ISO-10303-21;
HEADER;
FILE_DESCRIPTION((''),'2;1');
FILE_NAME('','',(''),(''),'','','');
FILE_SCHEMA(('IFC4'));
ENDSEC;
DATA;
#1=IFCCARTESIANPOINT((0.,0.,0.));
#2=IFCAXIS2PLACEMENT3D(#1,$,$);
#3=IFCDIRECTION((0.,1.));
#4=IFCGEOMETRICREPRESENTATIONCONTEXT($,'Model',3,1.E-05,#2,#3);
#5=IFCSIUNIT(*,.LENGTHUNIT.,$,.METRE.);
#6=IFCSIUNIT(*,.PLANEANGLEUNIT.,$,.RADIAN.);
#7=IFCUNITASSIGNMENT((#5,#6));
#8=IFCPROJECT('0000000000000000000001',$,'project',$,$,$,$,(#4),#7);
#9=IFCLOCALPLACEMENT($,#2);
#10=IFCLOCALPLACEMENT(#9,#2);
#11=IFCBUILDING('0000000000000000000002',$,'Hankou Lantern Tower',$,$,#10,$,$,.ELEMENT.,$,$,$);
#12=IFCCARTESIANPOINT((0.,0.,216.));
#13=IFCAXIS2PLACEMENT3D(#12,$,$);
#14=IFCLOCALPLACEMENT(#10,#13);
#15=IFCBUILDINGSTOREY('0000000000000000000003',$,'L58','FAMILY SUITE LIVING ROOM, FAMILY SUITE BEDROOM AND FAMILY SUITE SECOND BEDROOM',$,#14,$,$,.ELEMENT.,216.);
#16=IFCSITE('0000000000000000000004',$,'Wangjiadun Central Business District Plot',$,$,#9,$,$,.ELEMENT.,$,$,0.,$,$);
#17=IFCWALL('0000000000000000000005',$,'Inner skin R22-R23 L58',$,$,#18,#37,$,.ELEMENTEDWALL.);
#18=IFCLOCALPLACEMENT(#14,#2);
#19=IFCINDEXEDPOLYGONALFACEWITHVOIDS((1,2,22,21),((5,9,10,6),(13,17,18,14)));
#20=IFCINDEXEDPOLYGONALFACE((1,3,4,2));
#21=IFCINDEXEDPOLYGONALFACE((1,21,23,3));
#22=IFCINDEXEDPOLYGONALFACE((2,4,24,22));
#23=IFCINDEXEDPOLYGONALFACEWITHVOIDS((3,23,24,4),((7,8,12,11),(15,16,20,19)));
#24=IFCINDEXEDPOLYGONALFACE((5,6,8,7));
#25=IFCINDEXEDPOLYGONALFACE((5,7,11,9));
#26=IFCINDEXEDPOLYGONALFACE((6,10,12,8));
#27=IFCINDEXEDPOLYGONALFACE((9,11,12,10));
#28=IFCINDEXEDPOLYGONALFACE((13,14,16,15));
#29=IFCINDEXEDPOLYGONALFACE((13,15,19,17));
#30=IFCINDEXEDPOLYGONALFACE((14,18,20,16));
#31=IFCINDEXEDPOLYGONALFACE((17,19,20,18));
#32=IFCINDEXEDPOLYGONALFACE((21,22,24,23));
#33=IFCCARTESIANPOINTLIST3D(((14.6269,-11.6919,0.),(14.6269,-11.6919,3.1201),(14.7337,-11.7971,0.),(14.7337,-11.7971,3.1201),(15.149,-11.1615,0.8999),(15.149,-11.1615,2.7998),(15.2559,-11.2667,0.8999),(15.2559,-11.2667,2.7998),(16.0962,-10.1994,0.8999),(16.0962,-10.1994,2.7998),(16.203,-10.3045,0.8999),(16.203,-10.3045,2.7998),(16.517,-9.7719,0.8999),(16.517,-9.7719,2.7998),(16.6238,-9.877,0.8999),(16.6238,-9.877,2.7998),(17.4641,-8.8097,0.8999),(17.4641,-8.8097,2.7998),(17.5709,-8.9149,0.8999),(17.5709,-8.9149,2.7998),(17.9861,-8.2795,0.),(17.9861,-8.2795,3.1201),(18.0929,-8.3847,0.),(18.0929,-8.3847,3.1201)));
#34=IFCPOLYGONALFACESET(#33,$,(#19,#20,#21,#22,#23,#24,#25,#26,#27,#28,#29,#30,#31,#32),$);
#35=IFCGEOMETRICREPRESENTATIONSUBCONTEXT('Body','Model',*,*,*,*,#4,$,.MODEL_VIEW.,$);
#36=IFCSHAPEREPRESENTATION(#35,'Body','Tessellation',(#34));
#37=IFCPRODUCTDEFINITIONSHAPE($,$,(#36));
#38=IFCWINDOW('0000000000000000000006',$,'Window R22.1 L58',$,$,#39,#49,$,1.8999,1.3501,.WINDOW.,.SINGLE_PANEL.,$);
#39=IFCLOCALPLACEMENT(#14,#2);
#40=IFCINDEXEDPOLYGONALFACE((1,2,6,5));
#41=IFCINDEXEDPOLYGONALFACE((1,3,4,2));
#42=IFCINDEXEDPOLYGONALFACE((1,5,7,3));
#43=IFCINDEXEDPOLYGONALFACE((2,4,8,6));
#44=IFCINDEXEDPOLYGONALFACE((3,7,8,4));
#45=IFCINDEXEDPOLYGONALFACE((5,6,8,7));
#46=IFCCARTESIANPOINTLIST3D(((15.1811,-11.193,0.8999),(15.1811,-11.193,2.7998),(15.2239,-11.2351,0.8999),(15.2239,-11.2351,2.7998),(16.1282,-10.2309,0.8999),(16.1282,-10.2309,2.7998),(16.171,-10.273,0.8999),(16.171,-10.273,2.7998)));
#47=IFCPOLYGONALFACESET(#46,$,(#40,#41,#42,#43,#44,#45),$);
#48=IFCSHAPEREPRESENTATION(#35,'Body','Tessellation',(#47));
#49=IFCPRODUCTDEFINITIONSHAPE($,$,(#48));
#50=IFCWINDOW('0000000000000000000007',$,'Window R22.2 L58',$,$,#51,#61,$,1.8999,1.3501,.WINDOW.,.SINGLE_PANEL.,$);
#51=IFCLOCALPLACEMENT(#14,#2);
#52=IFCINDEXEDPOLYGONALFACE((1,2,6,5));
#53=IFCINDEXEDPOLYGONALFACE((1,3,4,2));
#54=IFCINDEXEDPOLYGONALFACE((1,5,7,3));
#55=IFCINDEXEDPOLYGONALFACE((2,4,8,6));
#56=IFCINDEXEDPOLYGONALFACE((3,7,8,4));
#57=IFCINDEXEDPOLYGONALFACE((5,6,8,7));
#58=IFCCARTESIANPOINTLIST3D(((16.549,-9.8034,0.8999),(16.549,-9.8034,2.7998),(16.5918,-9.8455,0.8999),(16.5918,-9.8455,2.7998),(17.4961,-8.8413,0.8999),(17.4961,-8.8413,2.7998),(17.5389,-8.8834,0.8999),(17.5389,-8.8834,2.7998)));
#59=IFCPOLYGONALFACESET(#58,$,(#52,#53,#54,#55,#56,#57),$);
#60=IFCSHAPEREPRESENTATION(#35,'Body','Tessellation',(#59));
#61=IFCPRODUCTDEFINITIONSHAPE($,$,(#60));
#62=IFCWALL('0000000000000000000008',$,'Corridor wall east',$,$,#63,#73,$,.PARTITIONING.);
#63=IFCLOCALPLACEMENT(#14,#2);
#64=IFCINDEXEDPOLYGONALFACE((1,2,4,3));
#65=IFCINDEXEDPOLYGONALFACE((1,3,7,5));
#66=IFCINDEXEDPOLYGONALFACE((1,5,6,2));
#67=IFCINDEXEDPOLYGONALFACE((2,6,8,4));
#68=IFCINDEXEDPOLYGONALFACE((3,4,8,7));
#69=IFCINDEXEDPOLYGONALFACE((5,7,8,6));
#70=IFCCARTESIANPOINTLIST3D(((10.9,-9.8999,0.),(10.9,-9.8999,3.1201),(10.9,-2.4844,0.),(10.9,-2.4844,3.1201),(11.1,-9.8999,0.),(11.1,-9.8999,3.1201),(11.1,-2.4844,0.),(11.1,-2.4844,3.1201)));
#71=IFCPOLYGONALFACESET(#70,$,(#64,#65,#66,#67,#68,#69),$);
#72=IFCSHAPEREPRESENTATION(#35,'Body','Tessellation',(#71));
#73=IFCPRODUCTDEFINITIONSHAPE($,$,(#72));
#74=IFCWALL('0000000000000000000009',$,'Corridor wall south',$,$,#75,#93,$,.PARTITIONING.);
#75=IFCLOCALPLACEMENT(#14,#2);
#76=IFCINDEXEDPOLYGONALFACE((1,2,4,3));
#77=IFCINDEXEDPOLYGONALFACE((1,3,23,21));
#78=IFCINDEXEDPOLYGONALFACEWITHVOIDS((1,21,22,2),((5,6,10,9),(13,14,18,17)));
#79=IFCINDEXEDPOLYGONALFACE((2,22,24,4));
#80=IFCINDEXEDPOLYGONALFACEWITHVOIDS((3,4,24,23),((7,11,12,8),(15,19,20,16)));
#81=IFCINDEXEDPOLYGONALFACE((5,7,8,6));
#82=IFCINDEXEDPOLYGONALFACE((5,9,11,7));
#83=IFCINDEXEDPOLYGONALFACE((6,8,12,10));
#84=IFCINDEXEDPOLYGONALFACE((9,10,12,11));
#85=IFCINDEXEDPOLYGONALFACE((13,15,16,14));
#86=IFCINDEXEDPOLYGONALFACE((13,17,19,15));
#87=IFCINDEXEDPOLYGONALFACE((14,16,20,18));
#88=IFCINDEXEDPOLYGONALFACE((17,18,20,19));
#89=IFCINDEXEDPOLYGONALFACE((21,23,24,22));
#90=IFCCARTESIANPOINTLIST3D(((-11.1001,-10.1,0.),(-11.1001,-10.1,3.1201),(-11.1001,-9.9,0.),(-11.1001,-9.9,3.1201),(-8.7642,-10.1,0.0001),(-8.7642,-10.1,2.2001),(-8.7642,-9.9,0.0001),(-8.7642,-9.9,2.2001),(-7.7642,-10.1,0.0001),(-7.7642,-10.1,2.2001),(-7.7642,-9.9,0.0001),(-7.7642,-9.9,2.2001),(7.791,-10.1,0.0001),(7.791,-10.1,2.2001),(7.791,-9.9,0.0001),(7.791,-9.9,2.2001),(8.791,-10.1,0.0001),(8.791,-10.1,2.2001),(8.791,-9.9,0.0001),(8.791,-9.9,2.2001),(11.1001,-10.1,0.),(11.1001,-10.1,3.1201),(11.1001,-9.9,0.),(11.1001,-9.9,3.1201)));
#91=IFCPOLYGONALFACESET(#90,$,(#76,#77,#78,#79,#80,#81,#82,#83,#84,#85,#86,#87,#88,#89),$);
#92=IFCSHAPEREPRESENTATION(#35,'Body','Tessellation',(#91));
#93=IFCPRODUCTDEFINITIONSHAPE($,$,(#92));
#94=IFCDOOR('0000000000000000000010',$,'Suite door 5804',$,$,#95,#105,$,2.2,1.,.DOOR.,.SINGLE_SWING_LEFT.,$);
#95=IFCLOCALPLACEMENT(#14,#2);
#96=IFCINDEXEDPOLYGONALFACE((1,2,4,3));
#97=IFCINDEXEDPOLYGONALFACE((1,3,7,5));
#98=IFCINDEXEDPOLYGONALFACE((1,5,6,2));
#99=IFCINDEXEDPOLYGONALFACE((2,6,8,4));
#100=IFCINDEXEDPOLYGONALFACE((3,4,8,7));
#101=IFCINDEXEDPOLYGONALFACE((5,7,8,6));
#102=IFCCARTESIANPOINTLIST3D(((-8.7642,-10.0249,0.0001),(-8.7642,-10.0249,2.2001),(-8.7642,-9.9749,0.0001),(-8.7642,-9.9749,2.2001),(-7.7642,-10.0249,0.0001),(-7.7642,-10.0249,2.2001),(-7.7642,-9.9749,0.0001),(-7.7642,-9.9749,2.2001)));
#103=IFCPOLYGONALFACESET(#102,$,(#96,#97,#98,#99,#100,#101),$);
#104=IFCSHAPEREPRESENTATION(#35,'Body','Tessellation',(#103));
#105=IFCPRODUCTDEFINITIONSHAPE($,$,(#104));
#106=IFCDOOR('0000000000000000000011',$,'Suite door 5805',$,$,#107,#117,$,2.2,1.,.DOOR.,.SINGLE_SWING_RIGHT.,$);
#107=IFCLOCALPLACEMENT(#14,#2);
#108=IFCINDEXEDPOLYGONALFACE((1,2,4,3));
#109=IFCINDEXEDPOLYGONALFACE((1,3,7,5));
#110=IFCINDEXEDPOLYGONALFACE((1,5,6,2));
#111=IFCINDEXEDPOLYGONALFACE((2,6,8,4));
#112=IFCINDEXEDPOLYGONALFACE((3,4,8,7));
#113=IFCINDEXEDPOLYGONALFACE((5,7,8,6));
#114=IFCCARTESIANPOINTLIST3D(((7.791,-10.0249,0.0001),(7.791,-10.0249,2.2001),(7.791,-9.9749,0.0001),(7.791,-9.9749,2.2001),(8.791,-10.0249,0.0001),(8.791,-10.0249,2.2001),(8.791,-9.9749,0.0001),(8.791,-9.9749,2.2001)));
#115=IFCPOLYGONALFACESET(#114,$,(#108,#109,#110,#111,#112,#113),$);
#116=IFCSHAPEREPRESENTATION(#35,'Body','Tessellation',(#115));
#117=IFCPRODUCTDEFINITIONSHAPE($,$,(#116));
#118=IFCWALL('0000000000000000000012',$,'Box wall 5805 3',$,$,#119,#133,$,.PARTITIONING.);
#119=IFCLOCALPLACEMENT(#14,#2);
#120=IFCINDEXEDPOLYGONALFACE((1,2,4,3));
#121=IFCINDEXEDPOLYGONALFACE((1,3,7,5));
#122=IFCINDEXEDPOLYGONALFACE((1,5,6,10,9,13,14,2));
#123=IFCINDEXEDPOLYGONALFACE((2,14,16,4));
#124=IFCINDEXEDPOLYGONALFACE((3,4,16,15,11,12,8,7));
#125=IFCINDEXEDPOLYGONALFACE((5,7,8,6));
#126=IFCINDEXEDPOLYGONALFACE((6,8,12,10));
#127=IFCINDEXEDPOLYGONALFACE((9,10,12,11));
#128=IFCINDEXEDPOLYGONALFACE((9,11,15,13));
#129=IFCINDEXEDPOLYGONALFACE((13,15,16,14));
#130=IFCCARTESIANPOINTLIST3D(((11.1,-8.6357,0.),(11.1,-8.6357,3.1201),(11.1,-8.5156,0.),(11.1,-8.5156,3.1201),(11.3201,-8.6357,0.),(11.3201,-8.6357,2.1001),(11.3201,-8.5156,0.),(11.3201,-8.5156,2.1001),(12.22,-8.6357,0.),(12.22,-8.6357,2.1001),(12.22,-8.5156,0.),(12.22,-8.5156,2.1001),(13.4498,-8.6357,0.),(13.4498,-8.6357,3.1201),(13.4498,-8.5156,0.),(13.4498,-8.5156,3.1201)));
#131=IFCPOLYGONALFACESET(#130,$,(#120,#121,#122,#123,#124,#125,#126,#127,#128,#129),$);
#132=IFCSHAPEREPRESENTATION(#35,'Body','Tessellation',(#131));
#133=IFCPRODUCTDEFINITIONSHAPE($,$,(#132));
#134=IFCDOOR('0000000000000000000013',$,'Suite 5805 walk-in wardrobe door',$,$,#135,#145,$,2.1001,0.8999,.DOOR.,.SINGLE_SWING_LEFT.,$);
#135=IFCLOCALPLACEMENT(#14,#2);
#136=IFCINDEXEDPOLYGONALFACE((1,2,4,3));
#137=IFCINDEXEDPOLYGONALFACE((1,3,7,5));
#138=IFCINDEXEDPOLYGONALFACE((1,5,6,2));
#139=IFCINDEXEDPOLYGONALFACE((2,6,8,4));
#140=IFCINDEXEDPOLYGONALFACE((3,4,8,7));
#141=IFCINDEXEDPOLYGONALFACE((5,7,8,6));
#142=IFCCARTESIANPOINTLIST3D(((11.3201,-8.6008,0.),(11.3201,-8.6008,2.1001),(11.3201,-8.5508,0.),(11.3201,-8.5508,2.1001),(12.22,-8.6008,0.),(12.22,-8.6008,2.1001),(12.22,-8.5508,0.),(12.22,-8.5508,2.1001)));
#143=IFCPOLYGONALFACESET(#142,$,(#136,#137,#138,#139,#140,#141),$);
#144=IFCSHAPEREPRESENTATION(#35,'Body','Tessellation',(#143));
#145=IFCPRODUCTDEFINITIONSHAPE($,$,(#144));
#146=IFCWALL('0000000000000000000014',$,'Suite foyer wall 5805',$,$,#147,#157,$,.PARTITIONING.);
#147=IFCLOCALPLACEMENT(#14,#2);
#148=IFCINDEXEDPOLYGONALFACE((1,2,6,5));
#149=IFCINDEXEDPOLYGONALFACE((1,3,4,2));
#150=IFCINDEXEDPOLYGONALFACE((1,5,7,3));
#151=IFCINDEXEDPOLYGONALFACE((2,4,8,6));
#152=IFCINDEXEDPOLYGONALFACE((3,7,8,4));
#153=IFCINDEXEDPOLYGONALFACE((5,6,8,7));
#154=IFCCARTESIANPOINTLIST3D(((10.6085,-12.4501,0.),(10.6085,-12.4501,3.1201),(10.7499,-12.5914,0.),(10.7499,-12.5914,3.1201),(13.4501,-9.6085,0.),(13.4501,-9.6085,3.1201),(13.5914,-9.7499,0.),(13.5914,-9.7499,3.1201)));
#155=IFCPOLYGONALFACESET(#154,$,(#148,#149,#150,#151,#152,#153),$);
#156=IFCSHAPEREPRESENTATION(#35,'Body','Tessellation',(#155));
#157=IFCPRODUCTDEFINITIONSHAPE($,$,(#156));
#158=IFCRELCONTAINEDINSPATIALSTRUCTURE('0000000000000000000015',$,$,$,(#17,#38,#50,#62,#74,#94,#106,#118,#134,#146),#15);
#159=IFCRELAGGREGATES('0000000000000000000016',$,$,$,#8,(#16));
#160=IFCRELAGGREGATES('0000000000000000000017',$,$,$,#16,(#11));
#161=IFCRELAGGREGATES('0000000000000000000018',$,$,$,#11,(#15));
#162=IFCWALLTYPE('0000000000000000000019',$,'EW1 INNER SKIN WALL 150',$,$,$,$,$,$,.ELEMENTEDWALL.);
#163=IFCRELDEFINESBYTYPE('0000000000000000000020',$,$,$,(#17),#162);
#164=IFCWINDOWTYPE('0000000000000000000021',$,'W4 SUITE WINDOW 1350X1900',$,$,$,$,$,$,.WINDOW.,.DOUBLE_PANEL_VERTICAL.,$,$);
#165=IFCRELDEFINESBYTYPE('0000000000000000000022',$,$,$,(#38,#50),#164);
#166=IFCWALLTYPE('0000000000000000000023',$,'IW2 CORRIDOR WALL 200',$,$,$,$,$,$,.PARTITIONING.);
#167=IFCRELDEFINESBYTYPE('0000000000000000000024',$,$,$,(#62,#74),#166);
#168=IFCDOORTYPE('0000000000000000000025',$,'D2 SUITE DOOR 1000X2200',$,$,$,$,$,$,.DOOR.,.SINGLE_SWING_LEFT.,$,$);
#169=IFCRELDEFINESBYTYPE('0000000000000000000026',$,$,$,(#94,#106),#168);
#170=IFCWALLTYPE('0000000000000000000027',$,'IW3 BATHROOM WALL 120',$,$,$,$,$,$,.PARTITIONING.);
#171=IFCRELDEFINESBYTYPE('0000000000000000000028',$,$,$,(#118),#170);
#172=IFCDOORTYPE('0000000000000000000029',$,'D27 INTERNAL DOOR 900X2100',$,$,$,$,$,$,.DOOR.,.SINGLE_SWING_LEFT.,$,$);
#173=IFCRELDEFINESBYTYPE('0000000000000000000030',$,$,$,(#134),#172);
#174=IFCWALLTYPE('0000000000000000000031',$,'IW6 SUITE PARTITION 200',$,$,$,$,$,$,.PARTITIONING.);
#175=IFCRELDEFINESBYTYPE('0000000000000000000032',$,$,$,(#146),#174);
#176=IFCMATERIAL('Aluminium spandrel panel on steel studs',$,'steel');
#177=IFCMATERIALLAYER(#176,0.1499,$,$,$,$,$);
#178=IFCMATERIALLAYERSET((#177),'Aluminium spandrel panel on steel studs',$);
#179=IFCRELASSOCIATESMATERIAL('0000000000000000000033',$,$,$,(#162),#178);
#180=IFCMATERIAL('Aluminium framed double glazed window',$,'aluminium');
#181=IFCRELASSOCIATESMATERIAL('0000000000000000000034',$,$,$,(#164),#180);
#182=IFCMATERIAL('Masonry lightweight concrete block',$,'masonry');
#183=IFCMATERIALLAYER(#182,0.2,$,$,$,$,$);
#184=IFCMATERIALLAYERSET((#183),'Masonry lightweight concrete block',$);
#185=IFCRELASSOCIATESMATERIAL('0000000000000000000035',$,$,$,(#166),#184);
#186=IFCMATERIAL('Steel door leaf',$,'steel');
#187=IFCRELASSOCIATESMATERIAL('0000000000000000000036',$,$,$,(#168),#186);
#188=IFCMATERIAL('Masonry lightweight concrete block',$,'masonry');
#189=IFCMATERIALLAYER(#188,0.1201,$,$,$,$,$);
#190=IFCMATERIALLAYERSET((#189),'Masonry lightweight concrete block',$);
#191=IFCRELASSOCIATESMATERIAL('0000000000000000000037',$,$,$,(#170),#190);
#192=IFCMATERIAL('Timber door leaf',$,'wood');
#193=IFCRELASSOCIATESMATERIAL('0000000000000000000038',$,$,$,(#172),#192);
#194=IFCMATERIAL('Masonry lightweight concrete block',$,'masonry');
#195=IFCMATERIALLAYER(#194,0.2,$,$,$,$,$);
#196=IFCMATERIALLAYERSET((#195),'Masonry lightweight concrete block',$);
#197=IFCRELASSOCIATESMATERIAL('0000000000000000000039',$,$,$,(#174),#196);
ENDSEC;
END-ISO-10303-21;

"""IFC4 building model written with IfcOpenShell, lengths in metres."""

from ifc_helpers import new_model, si_unit, direction, frame, frame_2d, origin, place, context, subcontext, project, spatial, rectangle, extrude, material, layer, layer_set, type_object, element, fill, save


model = new_model("IFC4")

# Units and contexts
model_context = context("Model", 3, precision=1e-05, world=origin(), true_north=direction((0.0, 1.0)))
body_context = subcontext(model_context, "Body", "Model", "MODEL_VIEW")
ifc_project = project(units=[si_unit("LENGTHUNIT", "METRE"), si_unit("PLANEANGLEUNIT", "RADIAN")], contexts=[model_context])

# Site, building, storey
site_placement = place(None, origin())
site = spatial("IfcSite", under=ifc_project, at=site_placement, Name="Wangjiadun Central Business District Plot", CompositionType="ELEMENT", RefElevation=0.0)
building_placement = place(site_placement, origin())
building = spatial("IfcBuilding", under=site, at=building_placement, Name="Hankou Lantern Tower", CompositionType="ELEMENT")
storey_placement = place(building_placement, frame((0.0, 0.0, 216.0)))
storey = spatial("IfcBuildingStorey", under=building, at=storey_placement, Name="L58", Description="FAMILY SUITE LIVING ROOM, FAMILY SUITE BEDROOM AND FAMILY SUITE SECOND BEDROOM", CompositionType="ELEMENT", Elevation=216.0)

# Wall, openings, windows
ifc_material_1 = material(Name="Aluminium spandrel panel on steel studs", Category="steel")
ifc_layer_1 = layer(ifc_material_1, 0.1499)
ifc_layer_set_1 = layer_set([ifc_layer_1], Name="Aluminium spandrel panel on steel studs")
wall_type_1 = type_object("IfcWallType", Name="EW1 INNER SKIN WALL 150", PredefinedType="ELEMENTEDWALL", material=ifc_layer_set_1)
ifc_material_2 = material(Name="Aluminium framed double glazed window", Category="aluminium")
window_type = type_object("IfcWindowType", Name="W4 SUITE WINDOW 1350X1900", PartitioningType="DOUBLE_PANEL_VERTICAL", PredefinedType="WINDOW", material=ifc_material_2)
wall_1_placement = place(storey_placement, frame((14.6804, -11.7444, 0.0), z_axis=(0.0, 0.0, 1.0), x_axis=(0.701527, 0.712643, 0.0)))
wall_1 = element("IfcWall", 1, at=wall_1_placement, inside=storey, type_object=wall_type_1, Name="Inner skin R22-R23 L58", PredefinedType="ELEMENTEDWALL", context=body_context, shape_type="SweptSolid", body=[
    extrude(rectangle(XDim=4.7883, YDim=0.1499, at=frame_2d((2.394, 0.0))), origin(), (0.0, 0.0, 1.0), 3.1201),
])
opening_1_placement = place(wall_1_placement, frame((0.7441, 0.0, 0.8999)))
opening_1 = element("IfcOpeningElement", 2, at=opening_1_placement, cuts=wall_1, PredefinedType="OPENING", context=body_context, shape_type="SweptSolid", body=[
    extrude(rectangle(XDim=1.3501, YDim=1.8999, at=frame_2d((0.675, 0.95))), frame((0.0, 0.085, 0.0), z_axis=(0.0, -1.0, 0.0), x_axis=(1.0, 0.0, 0.0)), (0.0, 0.0, 1.0), 0.1699),
])
opening_2_placement = place(wall_1_placement, frame((2.6941, 0.0, 0.8999)))
opening_2 = element("IfcOpeningElement", 3, at=opening_2_placement, cuts=wall_1, PredefinedType="OPENING", context=body_context, shape_type="SweptSolid", body=[
    extrude(rectangle(XDim=1.3501, YDim=1.8999, at=frame_2d((0.675, 0.95))), frame((0.0, 0.085, 0.0), z_axis=(0.0, -1.0, 0.0), x_axis=(1.0, 0.0, 0.0)), (0.0, 0.0, 1.0), 0.1699),
])
window_1_placement = place(opening_1_placement, origin())
window_1 = element("IfcWindow", 4, at=window_1_placement, inside=storey, type_object=window_type, Name="Window R22.1 L58", OverallHeight=1.8999, OverallWidth=1.3501, PartitioningType="SINGLE_PANEL", PredefinedType="WINDOW", context=body_context, shape_type="SweptSolid", body=[
    extrude(rectangle(XDim=1.3501, YDim=1.8999, at=frame_2d((0.675, 0.95))), frame((0.0, 0.03, 0.0), z_axis=(0.0, -1.0, 0.0), x_axis=(1.0, 0.0, 0.0)), (0.0, 0.0, 1.0), 0.0601),
])
fill(opening_1, window_1)
window_2_placement = place(opening_2_placement, origin())
window_2 = element("IfcWindow", 5, at=window_2_placement, inside=storey, type_object=window_type, Name="Window R22.2 L58", OverallHeight=1.8999, OverallWidth=1.3501, PartitioningType="SINGLE_PANEL", PredefinedType="WINDOW", context=body_context, shape_type="SweptSolid", body=[
    extrude(rectangle(XDim=1.3501, YDim=1.8999, at=frame_2d((0.675, 0.95))), frame((0.0, 0.03, 0.0), z_axis=(0.0, -1.0, 0.0), x_axis=(1.0, 0.0, 0.0)), (0.0, 0.0, 1.0), 0.0601),
])
fill(opening_2, window_2)

# Wall
ifc_material_3 = material(Name="Masonry lightweight concrete block", Category="masonry")
ifc_layer_2 = layer(ifc_material_3, 0.2)
ifc_layer_set_2 = layer_set([ifc_layer_2], Name="Masonry lightweight concrete block")
wall_type_2 = type_object("IfcWallType", Name="IW2 CORRIDOR WALL 200", PredefinedType="PARTITIONING", material=ifc_layer_set_2)
wall_2_placement = place(storey_placement, frame((11.0, -9.8999, 0.0), z_axis=(0.0, 0.0, 1.0), x_axis=(0.0, 1.0, 0.0)))
element("IfcWall", 6, at=wall_2_placement, inside=storey, type_object=wall_type_2, Name="Corridor wall east", PredefinedType="PARTITIONING", context=body_context, shape_type="SweptSolid", body=[
    extrude(rectangle(XDim=7.4155, YDim=0.2, at=frame_2d((3.7078, 0.0))), origin(), (0.0, 0.0, 1.0), 3.1201),
])

# Wall, openings, doors
wall_3_placement = place(storey_placement, frame((11.1001, -10.0, 0.0), z_axis=(0.0, 0.0, 1.0), x_axis=(-1.0, 0.0, 0.0)))
wall_3 = element("IfcWall", 7, at=wall_3_placement, inside=storey, type_object=wall_type_2, Name="Corridor wall south", PredefinedType="PARTITIONING", context=body_context, shape_type="SweptSolid", body=[
    extrude(rectangle(XDim=22.2002, YDim=0.2, at=frame_2d((11.1001, 0.0))), origin(), (0.0, 0.0, 1.0), 3.1201),
])
opening_3_placement = place(wall_3_placement, frame((18.8643, 0.0, 0.0)))
opening_3 = element("IfcOpeningElement", 8, at=opening_3_placement, cuts=wall_3, PredefinedType="OPENING", context=body_context, shape_type="SweptSolid", body=[
    extrude(rectangle(XDim=1.0, YDim=2.2, at=frame_2d((0.5, 1.1001))), frame((0.0, 0.1099, 0.0), z_axis=(0.0, -1.0, 0.0), x_axis=(1.0, 0.0, 0.0)), (0.0, 0.0, 1.0), 0.22),
])
opening_4_placement = place(wall_3_placement, frame((2.3091, 0.0, 0.0)))
opening_4 = element("IfcOpeningElement", 9, at=opening_4_placement, cuts=wall_3, PredefinedType="OPENING", context=body_context, shape_type="SweptSolid", body=[
    extrude(rectangle(XDim=1.0, YDim=2.2, at=frame_2d((0.5, 1.1001))), frame((0.0, 0.1099, 0.0), z_axis=(0.0, -1.0, 0.0), x_axis=(1.0, 0.0, 0.0)), (0.0, 0.0, 1.0), 0.22),
])
ifc_material_4 = material(Name="Steel door leaf", Category="steel")
door_type_1 = type_object("IfcDoorType", Name="D2 SUITE DOOR 1000X2200", OperationType="SINGLE_SWING_LEFT", PredefinedType="DOOR", material=ifc_material_4)
door_1_placement = place(opening_3_placement, origin())
door_1 = element("IfcDoor", 10, at=door_1_placement, inside=storey, type_object=door_type_1, Name="Suite door 5804", OperationType="SINGLE_SWING_LEFT", OverallHeight=2.2, OverallWidth=1.0, PredefinedType="DOOR", context=body_context, shape_type="SweptSolid", body=[
    extrude(rectangle(XDim=1.0, YDim=2.2, at=frame_2d((0.5, 1.1001))), frame((0.0, 0.0249, 0.0), z_axis=(0.0, -1.0, 0.0), x_axis=(1.0, 0.0, 0.0)), (0.0, 0.0, 1.0), 0.05),
])
fill(opening_3, door_1)
door_2_placement = place(opening_4_placement, origin())
door_2 = element("IfcDoor", 11, at=door_2_placement, inside=storey, type_object=door_type_1, Name="Suite door 5805", OperationType="SINGLE_SWING_RIGHT", OverallHeight=2.2, OverallWidth=1.0, PredefinedType="DOOR", context=body_context, shape_type="SweptSolid", body=[
    extrude(rectangle(XDim=1.0, YDim=2.2, at=frame_2d((0.5, 1.1001))), frame((0.0, 0.0249, 0.0), z_axis=(0.0, -1.0, 0.0), x_axis=(1.0, 0.0, 0.0)), (0.0, 0.0, 1.0), 0.05),
])
fill(opening_4, door_2)

# Wall, opening, door
ifc_material_5 = material(Name="Masonry lightweight concrete block", Category="masonry")
ifc_layer_3 = layer(ifc_material_5, 0.1201)
ifc_layer_set_3 = layer_set([ifc_layer_3], Name="Masonry lightweight concrete block")
wall_type_3 = type_object("IfcWallType", Name="IW3 BATHROOM WALL 120", PredefinedType="PARTITIONING", material=ifc_layer_set_3)
wall_4_placement = place(storey_placement, frame((11.1001, -8.5757, 0.0), z_axis=(0.0, 0.0, 1.0), x_axis=(1.0, 0.0, 0.0)))
wall_4 = element("IfcWall", 12, at=wall_4_placement, inside=storey, type_object=wall_type_3, Name="Box wall 5805 3", PredefinedType="PARTITIONING", context=body_context, shape_type="SweptSolid", body=[
    extrude(rectangle(XDim=2.3499, YDim=0.1201, at=frame_2d((1.1748, 0.0))), origin(), (0.0, 0.0, 1.0), 3.1201),
])
opening_5_placement = place(wall_4_placement, frame((0.22, 0.0, 0.0)))
opening_5 = element("IfcOpeningElement", 13, at=opening_5_placement, cuts=wall_4, PredefinedType="OPENING", context=body_context, shape_type="SweptSolid", body=[
    extrude(rectangle(XDim=0.8999, YDim=2.1001, at=frame_2d((0.45, 1.05))), frame((0.0, 0.0701, 0.0), z_axis=(0.0, -1.0, 0.0), x_axis=(1.0, 0.0, 0.0)), (0.0, 0.0, 1.0), 0.1401),
])
ifc_material_6 = material(Name="Timber door leaf", Category="wood")
door_type_2 = type_object("IfcDoorType", Name="D27 INTERNAL DOOR 900X2100", OperationType="SINGLE_SWING_LEFT", PredefinedType="DOOR", material=ifc_material_6)
door_3_placement = place(opening_5_placement, origin())
door_3 = element("IfcDoor", 14, at=door_3_placement, inside=storey, type_object=door_type_2, Name="Suite 5805 walk-in wardrobe door", OperationType="SINGLE_SWING_LEFT", OverallHeight=2.1001, OverallWidth=0.8999, PredefinedType="DOOR", context=body_context, shape_type="SweptSolid", body=[
    extrude(rectangle(XDim=0.8999, YDim=2.1001, at=frame_2d((0.45, 1.05))), frame((0.0, 0.0249, 0.0), z_axis=(0.0, -1.0, 0.0), x_axis=(1.0, 0.0, 0.0)), (0.0, 0.0, 1.0), 0.05),
])
fill(opening_5, door_3)

# Wall
ifc_material_7 = material(Name="Masonry lightweight concrete block", Category="masonry")
ifc_layer_4 = layer(ifc_material_7, 0.2)
ifc_layer_set_4 = layer_set([ifc_layer_4], Name="Masonry lightweight concrete block")
wall_type_4 = type_object("IfcWallType", Name="IW6 SUITE PARTITION 200", PredefinedType="PARTITIONING", material=ifc_layer_set_4)
wall_5_placement = place(storey_placement, frame((10.6792, -12.5208, 0.0), z_axis=(0.0, 0.0, 1.0), x_axis=(0.707107, 0.707107, 0.0)))
element("IfcWall", 15, at=wall_5_placement, inside=storey, type_object=wall_type_4, Name="Suite foyer wall 5805", PredefinedType="PARTITIONING", context=body_context, shape_type="SweptSolid", body=[
    extrude(rectangle(XDim=4.0186, YDim=0.2, at=frame_2d((2.0093, 0.0))), origin(), (0.0, 0.0, 1.0), 3.1201),
])

save(model, "model.ifc")
